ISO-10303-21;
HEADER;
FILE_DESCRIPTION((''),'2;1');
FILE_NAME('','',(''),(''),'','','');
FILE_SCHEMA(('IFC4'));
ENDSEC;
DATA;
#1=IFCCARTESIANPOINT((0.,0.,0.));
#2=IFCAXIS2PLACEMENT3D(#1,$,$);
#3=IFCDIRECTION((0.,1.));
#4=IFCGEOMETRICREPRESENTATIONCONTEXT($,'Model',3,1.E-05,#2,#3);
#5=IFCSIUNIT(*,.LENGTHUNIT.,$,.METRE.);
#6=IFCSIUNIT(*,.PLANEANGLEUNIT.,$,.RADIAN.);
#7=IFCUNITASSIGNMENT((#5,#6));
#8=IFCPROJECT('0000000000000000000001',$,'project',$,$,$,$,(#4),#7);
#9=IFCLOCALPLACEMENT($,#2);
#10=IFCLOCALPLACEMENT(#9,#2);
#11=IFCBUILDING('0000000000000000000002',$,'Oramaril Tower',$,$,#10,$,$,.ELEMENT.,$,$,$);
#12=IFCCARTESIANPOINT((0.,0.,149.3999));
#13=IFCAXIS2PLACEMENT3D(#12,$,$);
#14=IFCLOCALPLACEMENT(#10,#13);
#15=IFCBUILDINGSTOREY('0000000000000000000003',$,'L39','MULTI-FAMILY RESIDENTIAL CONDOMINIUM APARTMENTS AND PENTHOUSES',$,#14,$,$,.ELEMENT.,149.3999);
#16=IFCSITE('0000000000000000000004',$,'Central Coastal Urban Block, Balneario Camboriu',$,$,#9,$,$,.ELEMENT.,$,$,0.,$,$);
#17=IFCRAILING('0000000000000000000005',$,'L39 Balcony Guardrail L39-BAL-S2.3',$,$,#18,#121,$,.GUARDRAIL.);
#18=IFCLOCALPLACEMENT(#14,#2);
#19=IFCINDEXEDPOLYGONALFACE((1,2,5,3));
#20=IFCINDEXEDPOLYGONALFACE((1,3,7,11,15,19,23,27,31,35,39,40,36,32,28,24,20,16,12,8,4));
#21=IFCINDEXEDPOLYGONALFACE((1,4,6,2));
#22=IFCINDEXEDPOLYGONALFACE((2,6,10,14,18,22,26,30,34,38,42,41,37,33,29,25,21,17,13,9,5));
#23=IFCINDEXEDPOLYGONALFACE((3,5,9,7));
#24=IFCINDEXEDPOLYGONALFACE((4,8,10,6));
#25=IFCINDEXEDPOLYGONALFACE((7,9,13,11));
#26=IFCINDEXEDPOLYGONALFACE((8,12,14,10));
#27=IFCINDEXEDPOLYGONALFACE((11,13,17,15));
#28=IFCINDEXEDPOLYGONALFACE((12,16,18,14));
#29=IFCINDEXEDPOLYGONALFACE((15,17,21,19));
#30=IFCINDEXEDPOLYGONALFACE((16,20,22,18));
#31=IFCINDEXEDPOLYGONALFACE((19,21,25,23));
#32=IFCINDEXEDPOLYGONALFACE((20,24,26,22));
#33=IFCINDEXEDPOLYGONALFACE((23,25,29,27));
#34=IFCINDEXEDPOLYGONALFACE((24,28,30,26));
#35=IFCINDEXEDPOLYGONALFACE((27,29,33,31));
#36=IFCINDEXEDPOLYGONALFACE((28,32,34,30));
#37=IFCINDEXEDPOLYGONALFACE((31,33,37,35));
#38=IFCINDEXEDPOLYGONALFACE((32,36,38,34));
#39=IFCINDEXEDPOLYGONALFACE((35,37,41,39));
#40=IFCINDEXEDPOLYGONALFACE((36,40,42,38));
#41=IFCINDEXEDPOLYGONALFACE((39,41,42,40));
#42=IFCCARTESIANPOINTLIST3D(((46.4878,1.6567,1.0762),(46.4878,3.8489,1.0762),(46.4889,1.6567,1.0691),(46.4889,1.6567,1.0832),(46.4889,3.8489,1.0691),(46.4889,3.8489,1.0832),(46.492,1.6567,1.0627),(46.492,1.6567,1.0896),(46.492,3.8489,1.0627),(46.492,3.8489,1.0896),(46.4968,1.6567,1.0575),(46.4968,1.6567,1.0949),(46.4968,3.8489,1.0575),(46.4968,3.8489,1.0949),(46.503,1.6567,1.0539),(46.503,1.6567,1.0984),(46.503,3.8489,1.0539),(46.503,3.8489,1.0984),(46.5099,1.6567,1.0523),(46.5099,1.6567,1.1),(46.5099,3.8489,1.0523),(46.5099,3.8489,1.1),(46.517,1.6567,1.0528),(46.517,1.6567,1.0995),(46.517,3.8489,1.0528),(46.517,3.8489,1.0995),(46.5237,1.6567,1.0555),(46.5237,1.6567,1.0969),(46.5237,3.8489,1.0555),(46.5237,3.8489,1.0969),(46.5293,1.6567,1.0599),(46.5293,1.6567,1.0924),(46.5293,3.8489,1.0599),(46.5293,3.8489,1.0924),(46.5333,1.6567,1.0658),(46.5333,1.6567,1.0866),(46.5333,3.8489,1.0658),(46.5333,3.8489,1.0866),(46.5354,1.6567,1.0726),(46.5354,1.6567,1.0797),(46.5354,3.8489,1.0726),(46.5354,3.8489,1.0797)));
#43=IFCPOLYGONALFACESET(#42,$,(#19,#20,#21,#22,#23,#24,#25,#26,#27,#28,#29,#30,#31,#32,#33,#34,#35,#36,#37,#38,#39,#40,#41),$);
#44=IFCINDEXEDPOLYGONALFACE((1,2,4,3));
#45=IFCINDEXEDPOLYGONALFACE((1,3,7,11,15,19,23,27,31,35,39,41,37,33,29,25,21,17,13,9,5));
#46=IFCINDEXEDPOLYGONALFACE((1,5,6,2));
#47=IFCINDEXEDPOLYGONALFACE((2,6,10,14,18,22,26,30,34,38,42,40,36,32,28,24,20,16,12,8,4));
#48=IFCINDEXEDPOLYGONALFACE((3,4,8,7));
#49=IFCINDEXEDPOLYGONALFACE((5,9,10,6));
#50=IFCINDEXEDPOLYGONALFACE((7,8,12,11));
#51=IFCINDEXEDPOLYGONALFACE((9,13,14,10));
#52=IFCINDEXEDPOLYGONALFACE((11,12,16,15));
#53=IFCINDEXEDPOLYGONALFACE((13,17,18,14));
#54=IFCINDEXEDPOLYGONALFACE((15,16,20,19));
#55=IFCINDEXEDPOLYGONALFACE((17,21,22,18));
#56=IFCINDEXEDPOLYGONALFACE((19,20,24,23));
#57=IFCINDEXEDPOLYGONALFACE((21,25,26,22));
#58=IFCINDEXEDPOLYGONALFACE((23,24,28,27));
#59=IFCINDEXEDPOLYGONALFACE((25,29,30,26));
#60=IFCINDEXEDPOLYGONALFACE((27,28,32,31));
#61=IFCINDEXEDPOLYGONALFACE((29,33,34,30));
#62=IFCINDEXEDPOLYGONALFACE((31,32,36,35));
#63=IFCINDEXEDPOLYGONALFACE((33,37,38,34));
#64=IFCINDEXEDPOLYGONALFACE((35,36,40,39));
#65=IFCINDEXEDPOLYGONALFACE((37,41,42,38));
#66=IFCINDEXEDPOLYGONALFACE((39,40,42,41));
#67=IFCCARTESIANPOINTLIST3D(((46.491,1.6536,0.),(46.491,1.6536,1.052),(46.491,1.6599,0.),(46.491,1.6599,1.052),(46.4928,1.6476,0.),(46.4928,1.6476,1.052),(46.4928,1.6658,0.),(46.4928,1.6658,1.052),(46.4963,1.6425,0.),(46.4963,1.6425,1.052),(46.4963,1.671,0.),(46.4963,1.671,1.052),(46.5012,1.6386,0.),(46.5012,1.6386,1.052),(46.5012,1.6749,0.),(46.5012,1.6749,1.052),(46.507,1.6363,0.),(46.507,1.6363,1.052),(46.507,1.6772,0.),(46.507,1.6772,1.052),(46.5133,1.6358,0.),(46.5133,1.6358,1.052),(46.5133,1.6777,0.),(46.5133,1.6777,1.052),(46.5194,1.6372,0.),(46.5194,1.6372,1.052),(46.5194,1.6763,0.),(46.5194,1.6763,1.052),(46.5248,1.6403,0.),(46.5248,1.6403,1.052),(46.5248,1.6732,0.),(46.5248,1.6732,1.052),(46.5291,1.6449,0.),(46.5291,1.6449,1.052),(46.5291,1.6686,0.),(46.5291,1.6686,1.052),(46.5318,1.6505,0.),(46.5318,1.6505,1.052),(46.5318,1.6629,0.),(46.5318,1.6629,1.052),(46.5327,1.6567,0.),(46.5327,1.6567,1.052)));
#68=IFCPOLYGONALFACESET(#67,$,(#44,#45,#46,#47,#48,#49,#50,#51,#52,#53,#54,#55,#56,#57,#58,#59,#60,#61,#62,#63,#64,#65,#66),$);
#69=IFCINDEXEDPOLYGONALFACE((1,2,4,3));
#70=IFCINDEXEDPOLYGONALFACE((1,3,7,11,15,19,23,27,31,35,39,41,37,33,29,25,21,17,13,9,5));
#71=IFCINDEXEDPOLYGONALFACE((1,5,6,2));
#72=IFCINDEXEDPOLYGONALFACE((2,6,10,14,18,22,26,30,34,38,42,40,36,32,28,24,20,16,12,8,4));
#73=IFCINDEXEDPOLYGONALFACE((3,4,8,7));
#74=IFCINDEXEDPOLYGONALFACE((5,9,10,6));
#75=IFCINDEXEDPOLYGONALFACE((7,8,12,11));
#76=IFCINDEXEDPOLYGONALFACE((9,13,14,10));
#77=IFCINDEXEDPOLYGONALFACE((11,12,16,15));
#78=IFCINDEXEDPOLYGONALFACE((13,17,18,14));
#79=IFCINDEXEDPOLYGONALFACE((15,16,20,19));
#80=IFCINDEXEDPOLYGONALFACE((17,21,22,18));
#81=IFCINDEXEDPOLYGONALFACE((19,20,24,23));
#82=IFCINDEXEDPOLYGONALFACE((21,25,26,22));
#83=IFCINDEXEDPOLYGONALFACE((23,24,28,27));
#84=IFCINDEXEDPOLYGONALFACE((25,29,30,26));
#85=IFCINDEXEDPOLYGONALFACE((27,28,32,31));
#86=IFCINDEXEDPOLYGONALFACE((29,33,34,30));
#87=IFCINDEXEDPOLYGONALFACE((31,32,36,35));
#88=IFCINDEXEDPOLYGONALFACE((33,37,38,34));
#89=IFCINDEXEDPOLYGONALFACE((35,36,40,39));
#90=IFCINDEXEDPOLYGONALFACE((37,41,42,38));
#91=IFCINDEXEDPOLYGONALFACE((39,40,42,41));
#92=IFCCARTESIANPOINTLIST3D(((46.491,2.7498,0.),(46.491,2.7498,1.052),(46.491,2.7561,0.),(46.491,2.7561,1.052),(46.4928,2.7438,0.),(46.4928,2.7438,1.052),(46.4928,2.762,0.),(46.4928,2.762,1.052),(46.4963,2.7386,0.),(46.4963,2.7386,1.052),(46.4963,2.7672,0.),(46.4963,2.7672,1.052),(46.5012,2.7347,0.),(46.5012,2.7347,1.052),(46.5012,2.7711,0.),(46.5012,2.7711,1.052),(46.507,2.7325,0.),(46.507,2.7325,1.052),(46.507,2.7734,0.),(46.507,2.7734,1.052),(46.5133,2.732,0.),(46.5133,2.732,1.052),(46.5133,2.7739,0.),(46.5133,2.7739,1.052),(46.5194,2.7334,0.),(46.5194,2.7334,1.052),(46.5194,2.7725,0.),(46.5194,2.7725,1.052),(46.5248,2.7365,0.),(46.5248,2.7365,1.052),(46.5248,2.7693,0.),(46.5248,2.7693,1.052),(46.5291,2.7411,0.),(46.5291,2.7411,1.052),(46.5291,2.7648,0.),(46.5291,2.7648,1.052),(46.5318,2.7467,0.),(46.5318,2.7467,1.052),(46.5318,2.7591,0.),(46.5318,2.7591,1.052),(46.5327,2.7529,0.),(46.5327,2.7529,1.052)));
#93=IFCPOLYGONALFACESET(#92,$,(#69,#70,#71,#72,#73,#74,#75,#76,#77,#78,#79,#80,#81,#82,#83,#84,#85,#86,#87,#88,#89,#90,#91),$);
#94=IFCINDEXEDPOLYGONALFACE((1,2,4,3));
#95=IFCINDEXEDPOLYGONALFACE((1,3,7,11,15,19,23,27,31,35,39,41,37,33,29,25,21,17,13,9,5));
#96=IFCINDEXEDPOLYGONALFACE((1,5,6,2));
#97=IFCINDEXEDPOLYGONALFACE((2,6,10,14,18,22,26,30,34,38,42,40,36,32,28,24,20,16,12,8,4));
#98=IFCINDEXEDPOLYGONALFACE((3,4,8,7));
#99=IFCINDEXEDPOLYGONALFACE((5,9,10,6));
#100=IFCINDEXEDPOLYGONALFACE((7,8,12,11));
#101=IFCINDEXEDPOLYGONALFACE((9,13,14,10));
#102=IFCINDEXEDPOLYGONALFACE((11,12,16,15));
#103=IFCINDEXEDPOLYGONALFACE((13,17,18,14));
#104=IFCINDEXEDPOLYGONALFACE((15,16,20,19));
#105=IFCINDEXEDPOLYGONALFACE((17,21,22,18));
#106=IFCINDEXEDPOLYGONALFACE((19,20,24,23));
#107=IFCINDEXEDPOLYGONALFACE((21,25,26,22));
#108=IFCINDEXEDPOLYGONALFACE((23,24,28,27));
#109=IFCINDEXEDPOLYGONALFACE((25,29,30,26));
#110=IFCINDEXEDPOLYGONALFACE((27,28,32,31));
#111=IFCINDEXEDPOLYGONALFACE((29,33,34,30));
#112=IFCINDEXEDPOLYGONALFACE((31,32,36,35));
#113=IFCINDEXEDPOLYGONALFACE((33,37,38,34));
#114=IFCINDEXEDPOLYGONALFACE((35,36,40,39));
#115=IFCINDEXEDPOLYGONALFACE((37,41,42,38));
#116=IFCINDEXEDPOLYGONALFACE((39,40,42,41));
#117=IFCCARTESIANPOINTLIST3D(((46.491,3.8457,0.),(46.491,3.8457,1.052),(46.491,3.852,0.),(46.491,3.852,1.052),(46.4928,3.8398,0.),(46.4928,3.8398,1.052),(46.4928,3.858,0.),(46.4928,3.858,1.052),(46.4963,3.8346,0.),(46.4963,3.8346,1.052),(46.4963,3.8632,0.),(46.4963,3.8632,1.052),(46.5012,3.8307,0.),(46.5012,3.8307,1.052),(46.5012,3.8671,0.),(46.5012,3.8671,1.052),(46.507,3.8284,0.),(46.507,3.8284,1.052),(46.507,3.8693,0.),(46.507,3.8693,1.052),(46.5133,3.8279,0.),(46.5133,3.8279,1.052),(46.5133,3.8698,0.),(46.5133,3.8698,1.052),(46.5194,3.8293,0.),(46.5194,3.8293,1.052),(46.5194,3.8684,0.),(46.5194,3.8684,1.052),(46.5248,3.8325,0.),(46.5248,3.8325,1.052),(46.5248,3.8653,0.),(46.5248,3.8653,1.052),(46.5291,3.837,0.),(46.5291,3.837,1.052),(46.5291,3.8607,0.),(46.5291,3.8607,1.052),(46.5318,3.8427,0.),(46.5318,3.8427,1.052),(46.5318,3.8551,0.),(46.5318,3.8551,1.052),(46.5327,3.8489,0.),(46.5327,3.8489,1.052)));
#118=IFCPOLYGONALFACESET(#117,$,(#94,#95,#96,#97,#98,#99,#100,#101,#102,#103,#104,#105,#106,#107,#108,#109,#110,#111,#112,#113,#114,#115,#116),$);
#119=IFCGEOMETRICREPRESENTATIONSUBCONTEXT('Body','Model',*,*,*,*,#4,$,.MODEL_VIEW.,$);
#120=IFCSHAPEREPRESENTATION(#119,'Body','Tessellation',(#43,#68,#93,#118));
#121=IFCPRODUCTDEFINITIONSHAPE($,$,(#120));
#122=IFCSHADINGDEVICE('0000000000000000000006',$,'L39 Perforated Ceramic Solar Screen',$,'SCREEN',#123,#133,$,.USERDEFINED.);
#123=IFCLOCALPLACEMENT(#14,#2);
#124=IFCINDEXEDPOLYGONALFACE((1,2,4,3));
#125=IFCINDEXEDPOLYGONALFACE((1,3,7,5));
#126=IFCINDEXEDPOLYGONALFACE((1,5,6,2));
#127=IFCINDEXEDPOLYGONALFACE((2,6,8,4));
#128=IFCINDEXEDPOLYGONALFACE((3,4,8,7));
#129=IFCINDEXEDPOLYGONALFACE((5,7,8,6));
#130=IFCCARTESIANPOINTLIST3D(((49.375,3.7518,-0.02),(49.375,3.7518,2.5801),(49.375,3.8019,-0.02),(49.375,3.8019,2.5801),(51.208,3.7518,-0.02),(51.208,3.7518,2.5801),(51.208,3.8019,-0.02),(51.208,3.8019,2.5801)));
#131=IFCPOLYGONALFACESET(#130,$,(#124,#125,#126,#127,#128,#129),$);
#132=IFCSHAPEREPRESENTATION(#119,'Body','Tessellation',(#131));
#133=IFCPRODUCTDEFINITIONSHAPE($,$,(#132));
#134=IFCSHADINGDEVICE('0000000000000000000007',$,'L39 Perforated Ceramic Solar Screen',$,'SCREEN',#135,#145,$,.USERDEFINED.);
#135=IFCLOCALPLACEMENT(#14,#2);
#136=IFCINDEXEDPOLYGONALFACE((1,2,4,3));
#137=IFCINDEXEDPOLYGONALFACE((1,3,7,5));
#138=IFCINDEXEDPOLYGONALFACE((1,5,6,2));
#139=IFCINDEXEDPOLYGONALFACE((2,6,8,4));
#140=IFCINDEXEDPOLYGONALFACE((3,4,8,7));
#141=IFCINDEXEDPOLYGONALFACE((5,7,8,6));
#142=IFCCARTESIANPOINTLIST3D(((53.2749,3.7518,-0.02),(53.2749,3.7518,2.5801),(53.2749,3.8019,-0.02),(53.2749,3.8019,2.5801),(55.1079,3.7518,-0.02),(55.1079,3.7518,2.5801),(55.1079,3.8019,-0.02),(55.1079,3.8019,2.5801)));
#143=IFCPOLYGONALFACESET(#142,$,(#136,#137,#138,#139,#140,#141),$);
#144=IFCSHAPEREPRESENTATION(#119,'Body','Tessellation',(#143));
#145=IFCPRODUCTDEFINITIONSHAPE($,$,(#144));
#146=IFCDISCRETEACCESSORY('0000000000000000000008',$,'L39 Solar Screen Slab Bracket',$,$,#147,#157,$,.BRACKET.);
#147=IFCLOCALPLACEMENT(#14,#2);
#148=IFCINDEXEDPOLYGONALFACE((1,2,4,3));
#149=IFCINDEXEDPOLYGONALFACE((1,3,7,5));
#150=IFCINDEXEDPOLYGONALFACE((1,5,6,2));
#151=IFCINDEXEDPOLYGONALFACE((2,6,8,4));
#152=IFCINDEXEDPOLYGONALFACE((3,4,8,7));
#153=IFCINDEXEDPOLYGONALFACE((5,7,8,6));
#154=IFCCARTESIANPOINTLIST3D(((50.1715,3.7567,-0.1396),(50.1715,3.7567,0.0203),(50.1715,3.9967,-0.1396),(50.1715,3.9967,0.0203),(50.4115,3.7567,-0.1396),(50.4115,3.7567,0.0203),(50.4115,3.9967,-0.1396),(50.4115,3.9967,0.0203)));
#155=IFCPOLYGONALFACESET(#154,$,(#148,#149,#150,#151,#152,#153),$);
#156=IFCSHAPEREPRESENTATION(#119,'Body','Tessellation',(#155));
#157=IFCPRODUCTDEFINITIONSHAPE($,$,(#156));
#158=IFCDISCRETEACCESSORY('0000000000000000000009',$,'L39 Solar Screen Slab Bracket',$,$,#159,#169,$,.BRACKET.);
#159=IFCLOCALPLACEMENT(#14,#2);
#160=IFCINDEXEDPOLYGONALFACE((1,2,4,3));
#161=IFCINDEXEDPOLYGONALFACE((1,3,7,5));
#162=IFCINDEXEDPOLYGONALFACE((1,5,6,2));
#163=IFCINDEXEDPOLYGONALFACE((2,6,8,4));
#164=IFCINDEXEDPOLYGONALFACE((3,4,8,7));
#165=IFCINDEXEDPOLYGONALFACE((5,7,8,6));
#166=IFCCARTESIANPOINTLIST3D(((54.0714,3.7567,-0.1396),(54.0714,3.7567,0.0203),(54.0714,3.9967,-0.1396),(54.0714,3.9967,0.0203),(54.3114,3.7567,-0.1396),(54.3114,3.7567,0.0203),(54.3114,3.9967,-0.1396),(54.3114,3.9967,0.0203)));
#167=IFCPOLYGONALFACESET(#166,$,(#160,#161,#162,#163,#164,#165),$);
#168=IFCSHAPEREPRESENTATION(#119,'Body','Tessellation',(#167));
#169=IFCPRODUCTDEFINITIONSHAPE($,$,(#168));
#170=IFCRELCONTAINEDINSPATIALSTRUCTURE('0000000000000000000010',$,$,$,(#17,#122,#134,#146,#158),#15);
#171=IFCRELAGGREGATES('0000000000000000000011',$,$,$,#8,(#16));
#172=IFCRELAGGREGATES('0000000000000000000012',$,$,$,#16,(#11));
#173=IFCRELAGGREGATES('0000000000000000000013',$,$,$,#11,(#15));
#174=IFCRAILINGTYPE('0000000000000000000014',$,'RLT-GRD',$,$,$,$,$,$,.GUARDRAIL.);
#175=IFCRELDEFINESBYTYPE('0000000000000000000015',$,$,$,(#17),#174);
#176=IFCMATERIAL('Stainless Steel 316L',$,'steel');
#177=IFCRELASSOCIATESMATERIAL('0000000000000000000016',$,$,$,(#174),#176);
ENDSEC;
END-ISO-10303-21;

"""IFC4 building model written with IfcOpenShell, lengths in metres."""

from ifc_helpers import new_model, si_unit, direction, frame, origin, origin_2d, place, context, subcontext, project, spatial, rectangle, circle, extrude, material, type_object, element, save


model = new_model("IFC4")

# Units and contexts
model_context = context("Model", 3, precision=1e-05, world=origin(), true_north=direction((0.0, 1.0)))
body_context = subcontext(model_context, "Body", "Model", "MODEL_VIEW")
ifc_project = project(units=[si_unit("LENGTHUNIT", "METRE"), si_unit("PLANEANGLEUNIT", "RADIAN")], contexts=[model_context])

# Site, building, storey
site_placement = place(None, origin())
site = spatial("IfcSite", under=ifc_project, at=site_placement, Name="Central Coastal Urban Block, Balneario Camboriu", CompositionType="ELEMENT", RefElevation=0.0)
building_placement = place(site_placement, origin())
building = spatial("IfcBuilding", under=site, at=building_placement, Name="Oramaril Tower", CompositionType="ELEMENT")
storey_placement = place(building_placement, frame((0.0, 0.0, 149.3999)))
storey = spatial("IfcBuildingStorey", under=building, at=storey_placement, Name="L39", Description="MULTI-FAMILY RESIDENTIAL CONDOMINIUM APARTMENTS AND PENTHOUSES", CompositionType="ELEMENT", Elevation=149.3999)

# Railing
ifc_material_1 = material(Name="Stainless Steel 316L", Category="steel")
railing_type = type_object("IfcRailingType", Name="RLT-GRD", PredefinedType="GUARDRAIL", material=ifc_material_1)
railing_1_placement = place(storey_placement, frame((46.5117, 1.6567, 0.0)))
element("IfcRailing", 1, at=railing_1_placement, inside=storey, type_object=railing_type, Name="L39 Balcony Guardrail L39-BAL-S2.3", PredefinedType="GUARDRAIL", context=body_context, shape_type="SweptSolid", body=[
    extrude(circle(Radius=0.0239, at=origin_2d()), frame((0.0, 0.0, 1.0762), z_axis=(0.0, 1.0, 0.0), x_axis=(-1.0, 0.0, 0.0)), (0.0, 0.0, 1.0), 2.1921),
    extrude(circle(Radius=0.021, at=origin_2d()), origin(), (0.0, 0.0, 1.0), 1.052),
    extrude(circle(Radius=0.021, at=origin_2d()), frame((0.0, 1.0962, 0.0)), (0.0, 0.0, 1.0), 1.052),
    extrude(circle(Radius=0.021, at=origin_2d()), frame((0.0, 2.1921, 0.0)), (0.0, 0.0, 1.0), 1.052),
])

# Shading devices
for number, where, z_axis, x_axis, name in (
    (2, (50.2915, 3.7769, -0.02), (0.0, 0.0, 1.0), (1.0, 0.0, 0.0), "L39 Perforated Ceramic Solar Screen"),
    (3, (54.1914, 3.7769, -0.02), (0.0, 0.0, 1.0), (1.0, 0.0, 0.0), "L39 Perforated Ceramic Solar Screen"),
):
    element("IfcShadingDevice", number, at=place(storey_placement, frame(where, z_axis=z_axis, x_axis=x_axis)), inside=storey, Name=name, ObjectType="SCREEN", PredefinedType="USERDEFINED", context=body_context, shape_type="SweptSolid", body=[
        extrude(rectangle(XDim=1.833, YDim=0.05, at=origin_2d()), origin(), (0.0, 0.0, 1.0), 2.6001),
    ])

# Discrete accessories
for number, where, z_axis, x_axis, name in (
    (4, (50.2915, 3.8767, -0.1396), (0.0, 0.0, 1.0), (1.0, 0.0, 0.0), "L39 Solar Screen Slab Bracket"),
    (5, (54.1914, 3.8767, -0.1396), (0.0, 0.0, 1.0), (1.0, 0.0, 0.0), "L39 Solar Screen Slab Bracket"),
):
    element("IfcDiscreteAccessory", number, at=place(storey_placement, frame(where, z_axis=z_axis, x_axis=x_axis)), inside=storey, Name=name, PredefinedType="BRACKET", context=body_context, shape_type="SweptSolid", body=[
        extrude(rectangle(XDim=0.24, YDim=0.24, at=origin_2d()), origin(), (0.0, 0.0, 1.0), 0.1599),
    ])

save(model, "model.ifc")
